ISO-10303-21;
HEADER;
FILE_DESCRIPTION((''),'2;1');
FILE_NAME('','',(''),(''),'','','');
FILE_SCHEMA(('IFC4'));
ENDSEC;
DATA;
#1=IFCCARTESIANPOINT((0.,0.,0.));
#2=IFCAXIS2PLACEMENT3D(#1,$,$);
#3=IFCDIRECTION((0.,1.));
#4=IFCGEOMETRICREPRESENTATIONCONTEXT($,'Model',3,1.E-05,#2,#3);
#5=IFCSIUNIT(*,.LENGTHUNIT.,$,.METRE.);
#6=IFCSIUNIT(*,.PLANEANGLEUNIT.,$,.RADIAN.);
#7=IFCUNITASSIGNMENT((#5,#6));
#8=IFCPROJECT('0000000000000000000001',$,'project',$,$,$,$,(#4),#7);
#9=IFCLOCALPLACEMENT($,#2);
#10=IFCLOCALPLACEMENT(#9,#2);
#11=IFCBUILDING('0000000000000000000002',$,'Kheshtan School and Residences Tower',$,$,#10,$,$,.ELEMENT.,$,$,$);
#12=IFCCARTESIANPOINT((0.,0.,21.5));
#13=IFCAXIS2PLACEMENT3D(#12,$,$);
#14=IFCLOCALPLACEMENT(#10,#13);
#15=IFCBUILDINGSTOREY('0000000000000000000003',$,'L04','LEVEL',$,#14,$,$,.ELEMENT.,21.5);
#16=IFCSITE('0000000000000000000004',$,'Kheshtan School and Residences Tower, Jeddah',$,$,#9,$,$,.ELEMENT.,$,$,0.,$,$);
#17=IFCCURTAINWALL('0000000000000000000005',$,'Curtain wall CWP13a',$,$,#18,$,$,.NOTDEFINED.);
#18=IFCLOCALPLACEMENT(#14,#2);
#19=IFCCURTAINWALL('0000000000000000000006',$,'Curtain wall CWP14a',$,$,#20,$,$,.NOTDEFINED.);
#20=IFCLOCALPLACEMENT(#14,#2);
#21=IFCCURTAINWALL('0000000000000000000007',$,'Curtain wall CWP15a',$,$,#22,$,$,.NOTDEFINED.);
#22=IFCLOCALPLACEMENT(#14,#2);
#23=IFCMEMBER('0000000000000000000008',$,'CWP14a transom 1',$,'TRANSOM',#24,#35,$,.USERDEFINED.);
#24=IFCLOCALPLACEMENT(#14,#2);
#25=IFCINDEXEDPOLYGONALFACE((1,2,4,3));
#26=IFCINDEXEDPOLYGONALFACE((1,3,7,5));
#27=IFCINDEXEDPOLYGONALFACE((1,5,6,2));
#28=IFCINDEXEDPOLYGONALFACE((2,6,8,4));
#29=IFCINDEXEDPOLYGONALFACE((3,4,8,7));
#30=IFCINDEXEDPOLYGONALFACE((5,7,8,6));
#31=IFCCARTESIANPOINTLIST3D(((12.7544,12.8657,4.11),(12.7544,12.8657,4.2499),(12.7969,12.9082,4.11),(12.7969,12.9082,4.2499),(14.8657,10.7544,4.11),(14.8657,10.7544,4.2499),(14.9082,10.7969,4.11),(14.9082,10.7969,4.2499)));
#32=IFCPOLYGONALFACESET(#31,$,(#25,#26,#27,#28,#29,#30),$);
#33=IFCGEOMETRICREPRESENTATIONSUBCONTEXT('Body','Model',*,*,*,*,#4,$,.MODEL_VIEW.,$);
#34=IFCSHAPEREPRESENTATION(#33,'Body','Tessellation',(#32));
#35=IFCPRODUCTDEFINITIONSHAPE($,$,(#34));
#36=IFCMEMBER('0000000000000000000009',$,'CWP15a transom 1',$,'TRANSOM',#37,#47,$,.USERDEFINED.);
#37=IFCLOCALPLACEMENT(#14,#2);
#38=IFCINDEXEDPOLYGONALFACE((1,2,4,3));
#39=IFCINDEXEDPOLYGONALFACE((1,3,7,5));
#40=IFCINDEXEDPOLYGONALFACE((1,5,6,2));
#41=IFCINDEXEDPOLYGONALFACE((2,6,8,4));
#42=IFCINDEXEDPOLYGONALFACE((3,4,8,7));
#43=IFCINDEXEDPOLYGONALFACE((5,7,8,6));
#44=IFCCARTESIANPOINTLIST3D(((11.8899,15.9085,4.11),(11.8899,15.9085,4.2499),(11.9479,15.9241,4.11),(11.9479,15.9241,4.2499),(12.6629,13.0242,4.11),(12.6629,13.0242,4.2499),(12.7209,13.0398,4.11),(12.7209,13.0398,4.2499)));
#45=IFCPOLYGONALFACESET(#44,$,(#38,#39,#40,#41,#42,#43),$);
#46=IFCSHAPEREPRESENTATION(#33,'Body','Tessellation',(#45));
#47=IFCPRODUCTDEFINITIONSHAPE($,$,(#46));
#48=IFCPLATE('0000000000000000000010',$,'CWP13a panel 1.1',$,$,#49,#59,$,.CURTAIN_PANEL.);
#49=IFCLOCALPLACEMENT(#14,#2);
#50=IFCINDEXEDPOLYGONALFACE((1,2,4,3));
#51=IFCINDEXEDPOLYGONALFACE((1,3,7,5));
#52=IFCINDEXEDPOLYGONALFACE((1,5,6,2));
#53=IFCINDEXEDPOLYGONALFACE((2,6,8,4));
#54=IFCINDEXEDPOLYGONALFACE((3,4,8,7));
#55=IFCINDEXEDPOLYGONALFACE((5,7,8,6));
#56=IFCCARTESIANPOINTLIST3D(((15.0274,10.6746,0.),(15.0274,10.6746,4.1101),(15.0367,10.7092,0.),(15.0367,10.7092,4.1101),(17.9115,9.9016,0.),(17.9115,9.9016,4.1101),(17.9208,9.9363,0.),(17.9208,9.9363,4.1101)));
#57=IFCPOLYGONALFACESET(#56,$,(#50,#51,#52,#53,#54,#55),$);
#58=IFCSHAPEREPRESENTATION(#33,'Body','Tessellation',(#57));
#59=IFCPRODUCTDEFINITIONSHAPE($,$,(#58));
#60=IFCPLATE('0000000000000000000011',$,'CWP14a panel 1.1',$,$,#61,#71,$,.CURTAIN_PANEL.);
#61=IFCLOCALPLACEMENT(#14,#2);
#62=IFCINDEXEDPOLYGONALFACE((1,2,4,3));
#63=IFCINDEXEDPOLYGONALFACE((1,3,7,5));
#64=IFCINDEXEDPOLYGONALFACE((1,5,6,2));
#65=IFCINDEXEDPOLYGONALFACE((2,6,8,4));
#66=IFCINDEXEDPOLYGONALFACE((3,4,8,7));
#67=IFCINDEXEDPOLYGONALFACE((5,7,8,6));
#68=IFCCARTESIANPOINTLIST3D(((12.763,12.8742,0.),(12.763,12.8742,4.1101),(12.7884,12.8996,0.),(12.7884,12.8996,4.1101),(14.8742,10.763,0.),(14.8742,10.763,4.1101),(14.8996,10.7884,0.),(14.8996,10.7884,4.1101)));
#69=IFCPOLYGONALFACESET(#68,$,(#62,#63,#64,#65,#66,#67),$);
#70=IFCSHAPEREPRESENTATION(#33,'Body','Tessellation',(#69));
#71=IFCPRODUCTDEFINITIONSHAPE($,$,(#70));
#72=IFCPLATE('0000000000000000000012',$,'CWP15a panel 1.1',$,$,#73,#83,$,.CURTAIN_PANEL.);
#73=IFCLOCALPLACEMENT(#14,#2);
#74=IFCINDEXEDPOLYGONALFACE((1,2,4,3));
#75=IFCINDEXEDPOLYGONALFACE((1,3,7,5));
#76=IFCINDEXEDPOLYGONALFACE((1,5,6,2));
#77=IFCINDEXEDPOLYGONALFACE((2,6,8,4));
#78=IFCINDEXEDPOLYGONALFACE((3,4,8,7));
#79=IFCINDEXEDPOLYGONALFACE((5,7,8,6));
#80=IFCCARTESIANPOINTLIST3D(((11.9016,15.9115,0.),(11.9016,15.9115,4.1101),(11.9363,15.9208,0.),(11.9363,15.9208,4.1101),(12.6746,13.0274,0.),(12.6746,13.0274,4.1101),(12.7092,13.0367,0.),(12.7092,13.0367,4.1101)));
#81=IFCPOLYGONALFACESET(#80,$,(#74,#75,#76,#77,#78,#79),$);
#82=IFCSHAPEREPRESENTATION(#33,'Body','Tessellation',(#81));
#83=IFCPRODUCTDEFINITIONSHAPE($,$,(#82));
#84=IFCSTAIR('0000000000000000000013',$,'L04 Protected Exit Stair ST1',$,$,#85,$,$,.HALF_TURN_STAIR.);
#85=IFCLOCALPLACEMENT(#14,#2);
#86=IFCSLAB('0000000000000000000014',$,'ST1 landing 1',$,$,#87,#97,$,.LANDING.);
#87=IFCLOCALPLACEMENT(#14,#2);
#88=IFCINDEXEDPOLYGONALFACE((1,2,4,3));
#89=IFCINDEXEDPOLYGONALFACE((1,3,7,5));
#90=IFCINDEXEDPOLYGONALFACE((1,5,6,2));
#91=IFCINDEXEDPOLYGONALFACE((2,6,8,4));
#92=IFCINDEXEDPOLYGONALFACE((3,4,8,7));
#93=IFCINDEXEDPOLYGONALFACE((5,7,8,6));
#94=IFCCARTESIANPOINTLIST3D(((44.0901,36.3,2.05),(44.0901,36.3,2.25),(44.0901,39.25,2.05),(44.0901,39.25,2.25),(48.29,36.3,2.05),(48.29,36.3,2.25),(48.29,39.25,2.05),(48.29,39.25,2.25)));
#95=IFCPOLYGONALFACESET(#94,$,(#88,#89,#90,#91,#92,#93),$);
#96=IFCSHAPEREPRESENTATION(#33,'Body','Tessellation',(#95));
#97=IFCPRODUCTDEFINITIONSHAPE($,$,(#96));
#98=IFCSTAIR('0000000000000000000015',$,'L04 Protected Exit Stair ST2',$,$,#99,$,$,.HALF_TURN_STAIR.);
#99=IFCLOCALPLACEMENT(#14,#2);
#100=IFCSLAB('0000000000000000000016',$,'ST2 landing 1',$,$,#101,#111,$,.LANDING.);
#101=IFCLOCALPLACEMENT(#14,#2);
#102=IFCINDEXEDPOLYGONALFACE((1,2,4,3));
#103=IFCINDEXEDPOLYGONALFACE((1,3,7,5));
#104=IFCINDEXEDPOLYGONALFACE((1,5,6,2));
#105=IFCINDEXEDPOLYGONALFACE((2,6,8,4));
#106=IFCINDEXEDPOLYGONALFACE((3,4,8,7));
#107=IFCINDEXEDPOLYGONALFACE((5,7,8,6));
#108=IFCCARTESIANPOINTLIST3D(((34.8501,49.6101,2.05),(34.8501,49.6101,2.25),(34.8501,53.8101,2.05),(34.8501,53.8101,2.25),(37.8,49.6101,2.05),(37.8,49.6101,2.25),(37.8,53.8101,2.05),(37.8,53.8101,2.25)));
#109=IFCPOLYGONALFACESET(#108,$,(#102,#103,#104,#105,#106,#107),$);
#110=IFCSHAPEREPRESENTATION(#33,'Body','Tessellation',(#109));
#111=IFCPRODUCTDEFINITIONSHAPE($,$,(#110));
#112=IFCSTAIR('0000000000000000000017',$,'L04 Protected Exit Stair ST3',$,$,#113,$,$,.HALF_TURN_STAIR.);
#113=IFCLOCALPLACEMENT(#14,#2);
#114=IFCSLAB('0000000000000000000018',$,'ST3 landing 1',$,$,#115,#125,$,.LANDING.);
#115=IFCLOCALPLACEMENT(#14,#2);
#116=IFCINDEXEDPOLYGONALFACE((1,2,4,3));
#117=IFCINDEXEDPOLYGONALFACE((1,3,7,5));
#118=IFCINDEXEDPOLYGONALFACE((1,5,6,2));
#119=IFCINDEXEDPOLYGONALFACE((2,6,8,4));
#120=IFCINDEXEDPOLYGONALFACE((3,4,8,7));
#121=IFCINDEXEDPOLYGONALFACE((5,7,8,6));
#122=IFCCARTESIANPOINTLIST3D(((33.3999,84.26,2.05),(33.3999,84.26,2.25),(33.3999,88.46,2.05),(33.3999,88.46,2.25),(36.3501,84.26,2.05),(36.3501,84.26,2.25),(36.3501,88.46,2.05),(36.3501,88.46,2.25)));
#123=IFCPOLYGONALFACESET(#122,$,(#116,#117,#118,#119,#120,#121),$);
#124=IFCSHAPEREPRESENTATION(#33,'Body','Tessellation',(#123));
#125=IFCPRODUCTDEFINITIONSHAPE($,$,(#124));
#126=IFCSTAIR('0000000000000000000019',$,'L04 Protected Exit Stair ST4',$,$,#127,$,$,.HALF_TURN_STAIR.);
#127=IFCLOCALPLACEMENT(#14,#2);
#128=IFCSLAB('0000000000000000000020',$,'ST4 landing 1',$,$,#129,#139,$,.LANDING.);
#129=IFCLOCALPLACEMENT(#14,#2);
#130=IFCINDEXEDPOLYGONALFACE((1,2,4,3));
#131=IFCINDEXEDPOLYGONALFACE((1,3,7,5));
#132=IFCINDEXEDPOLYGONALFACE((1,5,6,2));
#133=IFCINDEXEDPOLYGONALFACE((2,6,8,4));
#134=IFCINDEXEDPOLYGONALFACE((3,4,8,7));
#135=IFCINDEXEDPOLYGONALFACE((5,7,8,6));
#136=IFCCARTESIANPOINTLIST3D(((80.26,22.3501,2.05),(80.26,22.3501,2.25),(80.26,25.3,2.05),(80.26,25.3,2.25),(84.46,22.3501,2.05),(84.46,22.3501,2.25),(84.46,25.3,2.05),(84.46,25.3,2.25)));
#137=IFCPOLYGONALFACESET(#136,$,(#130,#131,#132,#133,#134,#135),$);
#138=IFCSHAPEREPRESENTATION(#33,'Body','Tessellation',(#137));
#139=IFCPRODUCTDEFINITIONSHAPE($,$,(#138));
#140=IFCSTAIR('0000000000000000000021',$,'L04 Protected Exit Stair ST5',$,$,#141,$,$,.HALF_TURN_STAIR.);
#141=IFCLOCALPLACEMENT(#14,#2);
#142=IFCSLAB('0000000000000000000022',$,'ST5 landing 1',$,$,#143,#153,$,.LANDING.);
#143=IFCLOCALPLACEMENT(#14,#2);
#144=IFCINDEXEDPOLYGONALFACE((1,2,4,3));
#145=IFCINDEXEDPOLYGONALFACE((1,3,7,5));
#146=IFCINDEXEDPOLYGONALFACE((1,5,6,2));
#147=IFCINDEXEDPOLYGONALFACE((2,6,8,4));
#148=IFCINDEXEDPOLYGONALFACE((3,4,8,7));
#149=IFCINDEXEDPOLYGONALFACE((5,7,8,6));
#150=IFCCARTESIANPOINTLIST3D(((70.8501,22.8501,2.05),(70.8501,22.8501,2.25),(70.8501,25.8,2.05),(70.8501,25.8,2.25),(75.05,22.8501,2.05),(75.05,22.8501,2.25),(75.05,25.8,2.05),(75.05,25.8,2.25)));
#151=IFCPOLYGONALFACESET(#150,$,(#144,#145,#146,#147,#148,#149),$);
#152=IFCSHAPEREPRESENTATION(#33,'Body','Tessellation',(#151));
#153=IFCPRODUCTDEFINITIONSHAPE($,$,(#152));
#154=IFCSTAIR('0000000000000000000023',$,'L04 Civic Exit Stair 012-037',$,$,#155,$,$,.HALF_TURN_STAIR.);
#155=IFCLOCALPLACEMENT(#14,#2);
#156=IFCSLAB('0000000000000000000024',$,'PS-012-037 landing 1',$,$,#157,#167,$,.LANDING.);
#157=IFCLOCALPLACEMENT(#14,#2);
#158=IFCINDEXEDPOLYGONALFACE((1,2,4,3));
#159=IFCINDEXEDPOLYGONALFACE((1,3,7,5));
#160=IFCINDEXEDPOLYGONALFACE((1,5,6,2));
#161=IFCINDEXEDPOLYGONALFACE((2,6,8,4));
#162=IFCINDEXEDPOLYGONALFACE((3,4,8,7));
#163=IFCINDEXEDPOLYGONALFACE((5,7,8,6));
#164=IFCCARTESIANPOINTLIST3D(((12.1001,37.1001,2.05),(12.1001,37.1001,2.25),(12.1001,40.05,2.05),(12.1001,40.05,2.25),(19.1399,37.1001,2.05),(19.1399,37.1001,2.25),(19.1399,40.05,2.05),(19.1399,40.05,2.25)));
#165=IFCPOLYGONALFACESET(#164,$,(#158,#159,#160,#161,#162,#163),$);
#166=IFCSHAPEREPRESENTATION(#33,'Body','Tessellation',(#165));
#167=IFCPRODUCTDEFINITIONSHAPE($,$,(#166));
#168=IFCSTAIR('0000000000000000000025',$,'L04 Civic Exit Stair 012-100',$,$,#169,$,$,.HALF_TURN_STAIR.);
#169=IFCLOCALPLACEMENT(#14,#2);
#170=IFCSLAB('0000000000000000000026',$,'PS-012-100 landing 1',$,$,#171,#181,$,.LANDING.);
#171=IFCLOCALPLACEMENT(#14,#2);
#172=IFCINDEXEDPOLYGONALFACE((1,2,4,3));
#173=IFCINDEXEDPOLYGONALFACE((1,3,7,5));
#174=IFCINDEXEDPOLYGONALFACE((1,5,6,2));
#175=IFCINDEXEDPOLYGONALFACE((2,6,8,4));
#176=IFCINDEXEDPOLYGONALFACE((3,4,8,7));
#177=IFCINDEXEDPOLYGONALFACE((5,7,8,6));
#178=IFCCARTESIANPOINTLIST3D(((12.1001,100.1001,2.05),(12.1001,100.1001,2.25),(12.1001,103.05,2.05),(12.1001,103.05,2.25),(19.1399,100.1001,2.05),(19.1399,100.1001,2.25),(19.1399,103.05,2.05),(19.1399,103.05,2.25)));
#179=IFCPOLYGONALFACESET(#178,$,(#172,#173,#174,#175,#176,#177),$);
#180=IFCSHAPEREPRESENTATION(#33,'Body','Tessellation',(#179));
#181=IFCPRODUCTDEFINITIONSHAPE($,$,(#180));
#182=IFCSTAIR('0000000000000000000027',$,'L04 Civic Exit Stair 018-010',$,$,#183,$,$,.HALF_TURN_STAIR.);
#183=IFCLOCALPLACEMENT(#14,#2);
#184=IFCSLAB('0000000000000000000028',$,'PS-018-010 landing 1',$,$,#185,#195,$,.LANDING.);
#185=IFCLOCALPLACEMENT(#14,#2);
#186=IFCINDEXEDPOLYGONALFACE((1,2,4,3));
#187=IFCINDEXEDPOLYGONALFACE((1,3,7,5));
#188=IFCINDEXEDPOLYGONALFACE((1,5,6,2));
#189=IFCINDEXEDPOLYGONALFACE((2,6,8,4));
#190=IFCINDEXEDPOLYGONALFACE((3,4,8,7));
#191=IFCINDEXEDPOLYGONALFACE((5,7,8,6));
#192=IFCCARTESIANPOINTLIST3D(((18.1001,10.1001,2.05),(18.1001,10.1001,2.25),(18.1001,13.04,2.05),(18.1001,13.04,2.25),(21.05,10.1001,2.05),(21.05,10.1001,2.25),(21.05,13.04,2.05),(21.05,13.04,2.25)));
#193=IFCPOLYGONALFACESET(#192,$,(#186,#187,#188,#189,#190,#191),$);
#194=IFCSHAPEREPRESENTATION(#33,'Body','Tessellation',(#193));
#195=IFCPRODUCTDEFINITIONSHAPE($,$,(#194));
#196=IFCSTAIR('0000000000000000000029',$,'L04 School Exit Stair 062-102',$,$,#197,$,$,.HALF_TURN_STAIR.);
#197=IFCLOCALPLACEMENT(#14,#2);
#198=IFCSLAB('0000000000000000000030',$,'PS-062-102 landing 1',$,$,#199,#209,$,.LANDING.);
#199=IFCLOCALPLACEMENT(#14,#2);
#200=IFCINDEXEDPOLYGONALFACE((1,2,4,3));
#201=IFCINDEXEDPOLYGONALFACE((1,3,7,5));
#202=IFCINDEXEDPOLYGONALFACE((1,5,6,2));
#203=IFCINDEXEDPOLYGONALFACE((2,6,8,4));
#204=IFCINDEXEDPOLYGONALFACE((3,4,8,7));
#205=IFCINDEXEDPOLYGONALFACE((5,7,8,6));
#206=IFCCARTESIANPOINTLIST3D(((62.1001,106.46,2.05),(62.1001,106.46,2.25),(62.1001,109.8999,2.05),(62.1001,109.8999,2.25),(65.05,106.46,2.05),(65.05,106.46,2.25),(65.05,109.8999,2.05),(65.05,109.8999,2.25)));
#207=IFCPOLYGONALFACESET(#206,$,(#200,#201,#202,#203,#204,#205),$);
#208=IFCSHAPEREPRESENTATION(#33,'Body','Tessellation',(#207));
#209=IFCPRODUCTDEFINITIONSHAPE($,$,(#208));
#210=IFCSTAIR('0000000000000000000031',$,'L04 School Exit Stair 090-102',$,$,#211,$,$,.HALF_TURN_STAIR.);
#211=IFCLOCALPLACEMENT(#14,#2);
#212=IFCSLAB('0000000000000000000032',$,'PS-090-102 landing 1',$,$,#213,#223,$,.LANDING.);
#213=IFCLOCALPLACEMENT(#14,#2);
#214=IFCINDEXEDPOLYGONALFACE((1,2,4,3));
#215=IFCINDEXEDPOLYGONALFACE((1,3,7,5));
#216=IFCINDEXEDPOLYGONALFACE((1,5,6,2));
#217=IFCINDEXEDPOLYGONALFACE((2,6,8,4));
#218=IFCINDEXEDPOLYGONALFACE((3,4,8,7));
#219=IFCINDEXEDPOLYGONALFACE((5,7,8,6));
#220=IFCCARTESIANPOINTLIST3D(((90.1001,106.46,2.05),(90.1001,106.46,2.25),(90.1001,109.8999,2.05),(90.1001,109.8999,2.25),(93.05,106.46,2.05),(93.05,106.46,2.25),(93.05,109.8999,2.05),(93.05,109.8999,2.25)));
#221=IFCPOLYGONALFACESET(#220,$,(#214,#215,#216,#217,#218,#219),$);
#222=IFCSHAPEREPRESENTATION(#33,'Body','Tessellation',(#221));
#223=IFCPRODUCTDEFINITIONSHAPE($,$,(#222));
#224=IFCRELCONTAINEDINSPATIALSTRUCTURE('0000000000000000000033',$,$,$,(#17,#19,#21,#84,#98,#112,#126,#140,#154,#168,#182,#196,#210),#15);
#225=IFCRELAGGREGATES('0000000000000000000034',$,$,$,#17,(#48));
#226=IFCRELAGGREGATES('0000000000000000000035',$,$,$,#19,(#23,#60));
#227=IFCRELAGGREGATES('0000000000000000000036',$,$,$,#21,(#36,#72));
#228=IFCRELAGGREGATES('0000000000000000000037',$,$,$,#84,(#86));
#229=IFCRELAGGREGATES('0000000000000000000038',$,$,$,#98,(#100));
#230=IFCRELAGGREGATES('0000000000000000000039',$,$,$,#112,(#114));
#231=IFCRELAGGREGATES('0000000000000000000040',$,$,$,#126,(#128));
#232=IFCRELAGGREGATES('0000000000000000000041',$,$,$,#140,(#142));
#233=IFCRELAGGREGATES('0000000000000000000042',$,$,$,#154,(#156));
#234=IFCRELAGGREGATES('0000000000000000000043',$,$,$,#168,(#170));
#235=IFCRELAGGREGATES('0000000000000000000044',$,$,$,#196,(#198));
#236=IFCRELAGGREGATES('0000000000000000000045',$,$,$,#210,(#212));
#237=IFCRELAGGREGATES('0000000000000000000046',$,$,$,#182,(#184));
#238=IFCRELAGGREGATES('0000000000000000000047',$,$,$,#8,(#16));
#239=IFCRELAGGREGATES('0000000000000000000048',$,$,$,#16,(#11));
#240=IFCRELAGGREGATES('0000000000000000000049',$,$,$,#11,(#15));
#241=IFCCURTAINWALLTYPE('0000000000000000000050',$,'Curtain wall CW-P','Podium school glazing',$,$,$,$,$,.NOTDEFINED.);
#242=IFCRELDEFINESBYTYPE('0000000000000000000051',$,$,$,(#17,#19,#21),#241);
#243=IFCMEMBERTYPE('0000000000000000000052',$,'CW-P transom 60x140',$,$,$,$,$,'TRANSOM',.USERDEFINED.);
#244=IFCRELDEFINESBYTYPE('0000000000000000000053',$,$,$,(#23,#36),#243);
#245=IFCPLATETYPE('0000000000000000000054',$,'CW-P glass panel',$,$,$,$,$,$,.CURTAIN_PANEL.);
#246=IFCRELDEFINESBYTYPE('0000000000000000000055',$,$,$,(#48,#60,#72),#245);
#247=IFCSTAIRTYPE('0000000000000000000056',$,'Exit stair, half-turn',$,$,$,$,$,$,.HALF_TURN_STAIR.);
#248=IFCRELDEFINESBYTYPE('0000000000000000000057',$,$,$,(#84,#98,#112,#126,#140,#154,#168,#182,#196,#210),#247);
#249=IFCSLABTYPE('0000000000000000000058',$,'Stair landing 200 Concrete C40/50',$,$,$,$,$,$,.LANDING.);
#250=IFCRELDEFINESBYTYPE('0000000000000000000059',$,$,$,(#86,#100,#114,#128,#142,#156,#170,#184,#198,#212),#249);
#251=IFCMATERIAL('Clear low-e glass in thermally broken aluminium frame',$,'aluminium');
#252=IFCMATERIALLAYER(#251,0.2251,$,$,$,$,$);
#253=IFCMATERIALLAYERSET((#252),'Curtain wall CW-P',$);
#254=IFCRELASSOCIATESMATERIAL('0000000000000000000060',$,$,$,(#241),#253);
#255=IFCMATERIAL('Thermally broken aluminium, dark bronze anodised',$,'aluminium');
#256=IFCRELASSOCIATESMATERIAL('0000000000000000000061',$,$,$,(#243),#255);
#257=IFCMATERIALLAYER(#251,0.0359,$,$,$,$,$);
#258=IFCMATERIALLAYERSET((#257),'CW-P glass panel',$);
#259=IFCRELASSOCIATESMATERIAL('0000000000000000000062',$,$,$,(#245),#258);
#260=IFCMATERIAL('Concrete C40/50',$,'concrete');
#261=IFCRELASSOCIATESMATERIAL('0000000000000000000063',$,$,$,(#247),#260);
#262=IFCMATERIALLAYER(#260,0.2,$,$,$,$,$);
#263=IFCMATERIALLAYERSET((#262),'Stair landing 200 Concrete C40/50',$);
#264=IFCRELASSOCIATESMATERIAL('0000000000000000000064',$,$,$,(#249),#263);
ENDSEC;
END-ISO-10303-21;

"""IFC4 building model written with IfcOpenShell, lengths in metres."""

from ifc_helpers import new_model, si_unit, direction, frame, origin, origin_2d, place, context, subcontext, project, spatial, polyline, rectangle, outline, extrude, material, layer, layer_set, material_profile, profile_set, type_object, element, aggregate, save


model = new_model("IFC4")

# Units and contexts
model_context = context("Model", 3, precision=1e-05, world=origin(), true_north=direction((0.0, 1.0)))
body_context = subcontext(model_context, "Body", "Model", "MODEL_VIEW")
ifc_project = project(units=[si_unit("LENGTHUNIT", "METRE"), si_unit("PLANEANGLEUNIT", "RADIAN")], contexts=[model_context])

# Site, building, storey
site_placement = place(None, origin())
site = spatial("IfcSite", under=ifc_project, at=site_placement, Name="Kheshtan School and Residences Tower, Jeddah", CompositionType="ELEMENT", RefElevation=0.0)
building_placement = place(site_placement, origin())
building = spatial("IfcBuilding", under=site, at=building_placement, Name="Kheshtan School and Residences Tower", CompositionType="ELEMENT")
storey_placement = place(building_placement, frame((0.0, 0.0, 21.5)))
storey = spatial("IfcBuildingStorey", under=building, at=storey_placement, Name="L04", Description="LEVEL", CompositionType="ELEMENT", Elevation=21.5)

# Curtain walls
ifc_material_1 = material(Name="Clear low-e glass in thermally broken aluminium frame", Category="aluminium")
ifc_layer_1 = layer(ifc_material_1, 0.2251)
ifc_layer_set_1 = layer_set([ifc_layer_1], Name="Curtain wall CW-P")
curtain_wall_type = type_object("IfcCurtainWallType", Name="Curtain wall CW-P", Description="Podium school glazing", PredefinedType="NOTDEFINED", material=ifc_layer_set_1)
curtain_wall_1_placement = place(storey_placement, origin())
curtain_wall_1 = element("IfcCurtainWall", 1, at=curtain_wall_1_placement, inside=storey, type_object=curtain_wall_type, Name="Curtain wall CWP13a", PredefinedType="NOTDEFINED")
ifc_material_2 = material(Name="Thermally broken aluminium, dark bronze anodised", Category="aluminium")
curtain_wall_2_placement = place(storey_placement, origin())
curtain_wall_2 = element("IfcCurtainWall", 2, at=curtain_wall_2_placement, inside=storey, type_object=curtain_wall_type, Name="Curtain wall CWP14a", PredefinedType="NOTDEFINED")
curtain_wall_3_placement = place(storey_placement, origin())
curtain_wall_3 = element("IfcCurtainWall", 3, at=curtain_wall_3_placement, inside=storey, type_object=curtain_wall_type, Name="Curtain wall CWP15a", PredefinedType="NOTDEFINED")

# Members
ifc_material_profile_1 = material_profile(ifc_material_2, rectangle(XDim=0.0601, YDim=0.1399, at=origin_2d()), Name="CW-P transom 60x140")
ifc_profile_set_1 = profile_set([ifc_material_profile_1], Name="Thermally broken aluminium, dark bronze anodised")
member_type_1 = type_object("IfcMemberType", Name="CW-P transom 60x140", ElementType="TRANSOM", PredefinedType="USERDEFINED", material=ifc_profile_set_1)
member_1_placement = place(storey_placement, frame((14.887, 10.7756, 4.1799), z_axis=(-0.707107, 0.707107, 0.0), x_axis=(-0.707107, -0.707107, 0.0)))
member_1 = element("IfcMember", 4, at=member_1_placement, type_object=member_type_1, Name="CWP14a transom 1", ObjectType="TRANSOM", PredefinedType="USERDEFINED", context=body_context, shape_type="SweptSolid", body=[
    extrude(rectangle(XDim=0.0601, YDim=0.1399, at=origin_2d()), origin(), (0.0, 0.0, 1.0), 2.9858),
])
member_2_placement = place(storey_placement, frame((12.6919, 13.032, 4.1799), z_axis=(-0.258853, 0.965917, 0.0), x_axis=(-0.965917, -0.258853, 0.0)))
member_2 = element("IfcMember", 5, at=member_2_placement, type_object=member_type_1, Name="CWP15a transom 1", ObjectType="TRANSOM", PredefinedType="USERDEFINED", context=body_context, shape_type="SweptSolid", body=[
    extrude(rectangle(XDim=0.0601, YDim=0.1399, at=origin_2d()), origin(), (0.0, 0.0, 1.0), 2.9861),
])

# Plates
ifc_layer_2 = layer(ifc_material_1, 0.0359)
ifc_layer_set_2 = layer_set([ifc_layer_2], Name="CW-P glass panel")
plate_type = type_object("IfcPlateType", Name="CW-P glass panel", PredefinedType="CURTAIN_PANEL", material=ifc_layer_set_2)
plate_1_placement = place(storey_placement, frame((16.4741, 10.3054, 0.0), z_axis=(0.0, 0.0, 1.0), x_axis=(-0.965914, 0.258865, 0.0)))
plate_1 = element("IfcPlate", 6, at=plate_1_placement, type_object=plate_type, Name="CWP13a panel 1.1", PredefinedType="CURTAIN_PANEL", context=body_context, shape_type="SweptSolid", body=[
    extrude(rectangle(XDim=2.9858, YDim=0.0359, at=origin_2d()), origin(), (0.0, 0.0, 1.0), 4.1101),
])
aggregate(curtain_wall_1, [plate_1])
plate_2_placement = place(storey_placement, frame((13.8313, 11.8313, 0.0), z_axis=(0.0, 0.0, 1.0), x_axis=(-0.707107, 0.707107, 0.0)))
plate_2 = element("IfcPlate", 7, at=plate_2_placement, type_object=plate_type, Name="CWP14a panel 1.1", PredefinedType="CURTAIN_PANEL", context=body_context, shape_type="SweptSolid", body=[
    extrude(rectangle(XDim=2.9856, YDim=0.0359, at=origin_2d()), origin(), (0.0, 0.0, 1.0), 4.1101),
])
aggregate(curtain_wall_2, [member_1, plate_2])
plate_3_placement = place(storey_placement, frame((12.3054, 14.4741, 0.0), z_axis=(0.0, 0.0, 1.0), x_axis=(-0.258865, 0.965914, 0.0)))
plate_3 = element("IfcPlate", 8, at=plate_3_placement, type_object=plate_type, Name="CWP15a panel 1.1", PredefinedType="CURTAIN_PANEL", context=body_context, shape_type="SweptSolid", body=[
    extrude(rectangle(XDim=2.9858, YDim=0.0359, at=origin_2d()), origin(), (0.0, 0.0, 1.0), 4.1101),
])
aggregate(curtain_wall_3, [member_2, plate_3])

# Shared definitions
ifc_material_3 = material(Name="Concrete C40/50", Category="concrete")

# Stairs, slabs
stair_type = type_object("IfcStairType", Name="Exit stair, half-turn", PredefinedType="HALF_TURN_STAIR", material=ifc_material_3)
stair_1_placement = place(storey_placement, origin())
stair_1 = element("IfcStair", 9, at=stair_1_placement, inside=storey, type_object=stair_type, Name="L04 Protected Exit Stair ST1", PredefinedType="HALF_TURN_STAIR")
ifc_layer_3 = layer(ifc_material_3, 0.2)
ifc_layer_set_3 = layer_set([ifc_layer_3], Name="Stair landing 200 Concrete C40/50")
slab_type_1 = type_object("IfcSlabType", Name="Stair landing 200 Concrete C40/50", PredefinedType="LANDING", material=ifc_layer_set_3)
slab_1_placement = place(storey_placement, frame((0.0, 0.0, 2.05)))
slab_1 = element("IfcSlab", 10, at=slab_1_placement, type_object=slab_type_1, Name="ST1 landing 1", PredefinedType="LANDING", context=body_context, shape_type="SweptSolid", body=[
    extrude(outline(polyline([(48.29, 39.25), (44.0901, 39.25), (44.0901, 36.3), (48.29, 36.3), (48.29, 39.25)])), origin(), (0.0, 0.0, 1.0), 0.2),
])
aggregate(stair_1, [slab_1])
stair_2_placement = place(storey_placement, origin())
stair_2 = element("IfcStair", 11, at=stair_2_placement, inside=storey, type_object=stair_type, Name="L04 Protected Exit Stair ST2", PredefinedType="HALF_TURN_STAIR")
slab_2_placement = place(storey_placement, frame((0.0, 0.0, 2.05)))
slab_2 = element("IfcSlab", 12, at=slab_2_placement, type_object=slab_type_1, Name="ST2 landing 1", PredefinedType="LANDING", context=body_context, shape_type="SweptSolid", body=[
    extrude(outline(polyline([(37.8, 49.6101), (37.8, 53.8101), (34.8501, 53.8101), (34.8501, 49.6101), (37.8, 49.6101)])), origin(), (0.0, 0.0, 1.0), 0.2),
])
aggregate(stair_2, [slab_2])
stair_3_placement = place(storey_placement, origin())
stair_3 = element("IfcStair", 13, at=stair_3_placement, inside=storey, type_object=stair_type, Name="L04 Protected Exit Stair ST3", PredefinedType="HALF_TURN_STAIR")
slab_3_placement = place(storey_placement, frame((0.0, 0.0, 2.05)))
slab_3 = element("IfcSlab", 14, at=slab_3_placement, type_object=slab_type_1, Name="ST3 landing 1", PredefinedType="LANDING", context=body_context, shape_type="SweptSolid", body=[
    extrude(outline(polyline([(36.3501, 84.26), (36.3501, 88.46), (33.3999, 88.46), (33.3999, 84.26), (36.3501, 84.26)])), origin(), (0.0, 0.0, 1.0), 0.2),
])
aggregate(stair_3, [slab_3])
stair_4_placement = place(storey_placement, origin())
stair_4 = element("IfcStair", 15, at=stair_4_placement, inside=storey, type_object=stair_type, Name="L04 Protected Exit Stair ST4", PredefinedType="HALF_TURN_STAIR")
slab_4_placement = place(storey_placement, frame((0.0, 0.0, 2.05)))
slab_4 = element("IfcSlab", 16, at=slab_4_placement, type_object=slab_type_1, Name="ST4 landing 1", PredefinedType="LANDING", context=body_context, shape_type="SweptSolid", body=[
    extrude(outline(polyline([(84.46, 25.3), (80.26, 25.3), (80.26, 22.3501), (84.46, 22.3501), (84.46, 25.3)])), origin(), (0.0, 0.0, 1.0), 0.2),
])
aggregate(stair_4, [slab_4])
stair_5_placement = place(storey_placement, origin())
stair_5 = element("IfcStair", 17, at=stair_5_placement, inside=storey, type_object=stair_type, Name="L04 Protected Exit Stair ST5", PredefinedType="HALF_TURN_STAIR")
slab_5_placement = place(storey_placement, frame((0.0, 0.0, 2.05)))
slab_5 = element("IfcSlab", 18, at=slab_5_placement, type_object=slab_type_1, Name="ST5 landing 1", PredefinedType="LANDING", context=body_context, shape_type="SweptSolid", body=[
    extrude(outline(polyline([(75.05, 25.8), (70.8501, 25.8), (70.8501, 22.8501), (75.05, 22.8501), (75.05, 25.8)])), origin(), (0.0, 0.0, 1.0), 0.2),
])
aggregate(stair_5, [slab_5])
stair_6_placement = place(storey_placement, origin())
stair_6 = element("IfcStair", 19, at=stair_6_placement, inside=storey, type_object=stair_type, Name="L04 Civic Exit Stair 012-037", PredefinedType="HALF_TURN_STAIR")
slab_6_placement = place(storey_placement, frame((0.0, 0.0, 2.05)))
slab_6 = element("IfcSlab", 20, at=slab_6_placement, type_object=slab_type_1, Name="PS-012-037 landing 1", PredefinedType="LANDING", context=body_context, shape_type="SweptSolid", body=[
    extrude(outline(polyline([(19.1399, 40.05), (12.1001, 40.05), (12.1001, 37.1001), (19.1399, 37.1001), (19.1399, 40.05)])), origin(), (0.0, 0.0, 1.0), 0.2),
])
aggregate(stair_6, [slab_6])
stair_7_placement = place(storey_placement, origin())
stair_7 = element("IfcStair", 21, at=stair_7_placement, inside=storey, type_object=stair_type, Name="L04 Civic Exit Stair 012-100", PredefinedType="HALF_TURN_STAIR")
slab_7_placement = place(storey_placement, frame((0.0, 0.0, 2.05)))
slab_7 = element("IfcSlab", 22, at=slab_7_placement, type_object=slab_type_1, Name="PS-012-100 landing 1", PredefinedType="LANDING", context=body_context, shape_type="SweptSolid", body=[
    extrude(outline(polyline([(19.1399, 103.05), (12.1001, 103.05), (12.1001, 100.1001), (19.1399, 100.1001), (19.1399, 103.05)])), origin(), (0.0, 0.0, 1.0), 0.2),
])
aggregate(stair_7, [slab_7])
stair_8_placement = place(storey_placement, origin())
stair_8 = element("IfcStair", 23, at=stair_8_placement, inside=storey, type_object=stair_type, Name="L04 Civic Exit Stair 018-010", PredefinedType="HALF_TURN_STAIR")
slab_8_placement = place(storey_placement, frame((0.0, 0.0, 2.05)))
slab_8 = element("IfcSlab", 24, at=slab_8_placement, type_object=slab_type_1, Name="PS-018-010 landing 1", PredefinedType="LANDING", context=body_context, shape_type="SweptSolid", body=[
    extrude(outline(polyline([(18.1001, 13.04), (18.1001, 10.1001), (21.05, 10.1001), (21.05, 13.04), (18.1001, 13.04)])), origin(), (0.0, 0.0, 1.0), 0.2),
])
stair_9_placement = place(storey_placement, origin())
stair_9 = element("IfcStair", 25, at=stair_9_placement, inside=storey, type_object=stair_type, Name="L04 School Exit Stair 062-102", PredefinedType="HALF_TURN_STAIR")
slab_9_placement = place(storey_placement, frame((0.0, 0.0, 2.05)))
slab_9 = element("IfcSlab", 26, at=slab_9_placement, type_object=slab_type_1, Name="PS-062-102 landing 1", PredefinedType="LANDING", context=body_context, shape_type="SweptSolid", body=[
    extrude(outline(polyline([(65.05, 106.46), (65.05, 109.8999), (62.1001, 109.8999), (62.1001, 106.46), (65.05, 106.46)])), origin(), (0.0, 0.0, 1.0), 0.2),
])
aggregate(stair_9, [slab_9])
stair_10_placement = place(storey_placement, origin())
stair_10 = element("IfcStair", 27, at=stair_10_placement, inside=storey, type_object=stair_type, Name="L04 School Exit Stair 090-102", PredefinedType="HALF_TURN_STAIR")
slab_10_placement = place(storey_placement, frame((0.0, 0.0, 2.05)))
slab_10 = element("IfcSlab", 28, at=slab_10_placement, type_object=slab_type_1, Name="PS-090-102 landing 1", PredefinedType="LANDING", context=body_context, shape_type="SweptSolid", body=[
    extrude(outline(polyline([(93.05, 106.46), (93.05, 109.8999), (90.1001, 109.8999), (90.1001, 106.46), (93.05, 106.46)])), origin(), (0.0, 0.0, 1.0), 0.2),
])
aggregate(stair_10, [slab_10])

aggregate(stair_8, [slab_8])

save(model, "model.ifc")
